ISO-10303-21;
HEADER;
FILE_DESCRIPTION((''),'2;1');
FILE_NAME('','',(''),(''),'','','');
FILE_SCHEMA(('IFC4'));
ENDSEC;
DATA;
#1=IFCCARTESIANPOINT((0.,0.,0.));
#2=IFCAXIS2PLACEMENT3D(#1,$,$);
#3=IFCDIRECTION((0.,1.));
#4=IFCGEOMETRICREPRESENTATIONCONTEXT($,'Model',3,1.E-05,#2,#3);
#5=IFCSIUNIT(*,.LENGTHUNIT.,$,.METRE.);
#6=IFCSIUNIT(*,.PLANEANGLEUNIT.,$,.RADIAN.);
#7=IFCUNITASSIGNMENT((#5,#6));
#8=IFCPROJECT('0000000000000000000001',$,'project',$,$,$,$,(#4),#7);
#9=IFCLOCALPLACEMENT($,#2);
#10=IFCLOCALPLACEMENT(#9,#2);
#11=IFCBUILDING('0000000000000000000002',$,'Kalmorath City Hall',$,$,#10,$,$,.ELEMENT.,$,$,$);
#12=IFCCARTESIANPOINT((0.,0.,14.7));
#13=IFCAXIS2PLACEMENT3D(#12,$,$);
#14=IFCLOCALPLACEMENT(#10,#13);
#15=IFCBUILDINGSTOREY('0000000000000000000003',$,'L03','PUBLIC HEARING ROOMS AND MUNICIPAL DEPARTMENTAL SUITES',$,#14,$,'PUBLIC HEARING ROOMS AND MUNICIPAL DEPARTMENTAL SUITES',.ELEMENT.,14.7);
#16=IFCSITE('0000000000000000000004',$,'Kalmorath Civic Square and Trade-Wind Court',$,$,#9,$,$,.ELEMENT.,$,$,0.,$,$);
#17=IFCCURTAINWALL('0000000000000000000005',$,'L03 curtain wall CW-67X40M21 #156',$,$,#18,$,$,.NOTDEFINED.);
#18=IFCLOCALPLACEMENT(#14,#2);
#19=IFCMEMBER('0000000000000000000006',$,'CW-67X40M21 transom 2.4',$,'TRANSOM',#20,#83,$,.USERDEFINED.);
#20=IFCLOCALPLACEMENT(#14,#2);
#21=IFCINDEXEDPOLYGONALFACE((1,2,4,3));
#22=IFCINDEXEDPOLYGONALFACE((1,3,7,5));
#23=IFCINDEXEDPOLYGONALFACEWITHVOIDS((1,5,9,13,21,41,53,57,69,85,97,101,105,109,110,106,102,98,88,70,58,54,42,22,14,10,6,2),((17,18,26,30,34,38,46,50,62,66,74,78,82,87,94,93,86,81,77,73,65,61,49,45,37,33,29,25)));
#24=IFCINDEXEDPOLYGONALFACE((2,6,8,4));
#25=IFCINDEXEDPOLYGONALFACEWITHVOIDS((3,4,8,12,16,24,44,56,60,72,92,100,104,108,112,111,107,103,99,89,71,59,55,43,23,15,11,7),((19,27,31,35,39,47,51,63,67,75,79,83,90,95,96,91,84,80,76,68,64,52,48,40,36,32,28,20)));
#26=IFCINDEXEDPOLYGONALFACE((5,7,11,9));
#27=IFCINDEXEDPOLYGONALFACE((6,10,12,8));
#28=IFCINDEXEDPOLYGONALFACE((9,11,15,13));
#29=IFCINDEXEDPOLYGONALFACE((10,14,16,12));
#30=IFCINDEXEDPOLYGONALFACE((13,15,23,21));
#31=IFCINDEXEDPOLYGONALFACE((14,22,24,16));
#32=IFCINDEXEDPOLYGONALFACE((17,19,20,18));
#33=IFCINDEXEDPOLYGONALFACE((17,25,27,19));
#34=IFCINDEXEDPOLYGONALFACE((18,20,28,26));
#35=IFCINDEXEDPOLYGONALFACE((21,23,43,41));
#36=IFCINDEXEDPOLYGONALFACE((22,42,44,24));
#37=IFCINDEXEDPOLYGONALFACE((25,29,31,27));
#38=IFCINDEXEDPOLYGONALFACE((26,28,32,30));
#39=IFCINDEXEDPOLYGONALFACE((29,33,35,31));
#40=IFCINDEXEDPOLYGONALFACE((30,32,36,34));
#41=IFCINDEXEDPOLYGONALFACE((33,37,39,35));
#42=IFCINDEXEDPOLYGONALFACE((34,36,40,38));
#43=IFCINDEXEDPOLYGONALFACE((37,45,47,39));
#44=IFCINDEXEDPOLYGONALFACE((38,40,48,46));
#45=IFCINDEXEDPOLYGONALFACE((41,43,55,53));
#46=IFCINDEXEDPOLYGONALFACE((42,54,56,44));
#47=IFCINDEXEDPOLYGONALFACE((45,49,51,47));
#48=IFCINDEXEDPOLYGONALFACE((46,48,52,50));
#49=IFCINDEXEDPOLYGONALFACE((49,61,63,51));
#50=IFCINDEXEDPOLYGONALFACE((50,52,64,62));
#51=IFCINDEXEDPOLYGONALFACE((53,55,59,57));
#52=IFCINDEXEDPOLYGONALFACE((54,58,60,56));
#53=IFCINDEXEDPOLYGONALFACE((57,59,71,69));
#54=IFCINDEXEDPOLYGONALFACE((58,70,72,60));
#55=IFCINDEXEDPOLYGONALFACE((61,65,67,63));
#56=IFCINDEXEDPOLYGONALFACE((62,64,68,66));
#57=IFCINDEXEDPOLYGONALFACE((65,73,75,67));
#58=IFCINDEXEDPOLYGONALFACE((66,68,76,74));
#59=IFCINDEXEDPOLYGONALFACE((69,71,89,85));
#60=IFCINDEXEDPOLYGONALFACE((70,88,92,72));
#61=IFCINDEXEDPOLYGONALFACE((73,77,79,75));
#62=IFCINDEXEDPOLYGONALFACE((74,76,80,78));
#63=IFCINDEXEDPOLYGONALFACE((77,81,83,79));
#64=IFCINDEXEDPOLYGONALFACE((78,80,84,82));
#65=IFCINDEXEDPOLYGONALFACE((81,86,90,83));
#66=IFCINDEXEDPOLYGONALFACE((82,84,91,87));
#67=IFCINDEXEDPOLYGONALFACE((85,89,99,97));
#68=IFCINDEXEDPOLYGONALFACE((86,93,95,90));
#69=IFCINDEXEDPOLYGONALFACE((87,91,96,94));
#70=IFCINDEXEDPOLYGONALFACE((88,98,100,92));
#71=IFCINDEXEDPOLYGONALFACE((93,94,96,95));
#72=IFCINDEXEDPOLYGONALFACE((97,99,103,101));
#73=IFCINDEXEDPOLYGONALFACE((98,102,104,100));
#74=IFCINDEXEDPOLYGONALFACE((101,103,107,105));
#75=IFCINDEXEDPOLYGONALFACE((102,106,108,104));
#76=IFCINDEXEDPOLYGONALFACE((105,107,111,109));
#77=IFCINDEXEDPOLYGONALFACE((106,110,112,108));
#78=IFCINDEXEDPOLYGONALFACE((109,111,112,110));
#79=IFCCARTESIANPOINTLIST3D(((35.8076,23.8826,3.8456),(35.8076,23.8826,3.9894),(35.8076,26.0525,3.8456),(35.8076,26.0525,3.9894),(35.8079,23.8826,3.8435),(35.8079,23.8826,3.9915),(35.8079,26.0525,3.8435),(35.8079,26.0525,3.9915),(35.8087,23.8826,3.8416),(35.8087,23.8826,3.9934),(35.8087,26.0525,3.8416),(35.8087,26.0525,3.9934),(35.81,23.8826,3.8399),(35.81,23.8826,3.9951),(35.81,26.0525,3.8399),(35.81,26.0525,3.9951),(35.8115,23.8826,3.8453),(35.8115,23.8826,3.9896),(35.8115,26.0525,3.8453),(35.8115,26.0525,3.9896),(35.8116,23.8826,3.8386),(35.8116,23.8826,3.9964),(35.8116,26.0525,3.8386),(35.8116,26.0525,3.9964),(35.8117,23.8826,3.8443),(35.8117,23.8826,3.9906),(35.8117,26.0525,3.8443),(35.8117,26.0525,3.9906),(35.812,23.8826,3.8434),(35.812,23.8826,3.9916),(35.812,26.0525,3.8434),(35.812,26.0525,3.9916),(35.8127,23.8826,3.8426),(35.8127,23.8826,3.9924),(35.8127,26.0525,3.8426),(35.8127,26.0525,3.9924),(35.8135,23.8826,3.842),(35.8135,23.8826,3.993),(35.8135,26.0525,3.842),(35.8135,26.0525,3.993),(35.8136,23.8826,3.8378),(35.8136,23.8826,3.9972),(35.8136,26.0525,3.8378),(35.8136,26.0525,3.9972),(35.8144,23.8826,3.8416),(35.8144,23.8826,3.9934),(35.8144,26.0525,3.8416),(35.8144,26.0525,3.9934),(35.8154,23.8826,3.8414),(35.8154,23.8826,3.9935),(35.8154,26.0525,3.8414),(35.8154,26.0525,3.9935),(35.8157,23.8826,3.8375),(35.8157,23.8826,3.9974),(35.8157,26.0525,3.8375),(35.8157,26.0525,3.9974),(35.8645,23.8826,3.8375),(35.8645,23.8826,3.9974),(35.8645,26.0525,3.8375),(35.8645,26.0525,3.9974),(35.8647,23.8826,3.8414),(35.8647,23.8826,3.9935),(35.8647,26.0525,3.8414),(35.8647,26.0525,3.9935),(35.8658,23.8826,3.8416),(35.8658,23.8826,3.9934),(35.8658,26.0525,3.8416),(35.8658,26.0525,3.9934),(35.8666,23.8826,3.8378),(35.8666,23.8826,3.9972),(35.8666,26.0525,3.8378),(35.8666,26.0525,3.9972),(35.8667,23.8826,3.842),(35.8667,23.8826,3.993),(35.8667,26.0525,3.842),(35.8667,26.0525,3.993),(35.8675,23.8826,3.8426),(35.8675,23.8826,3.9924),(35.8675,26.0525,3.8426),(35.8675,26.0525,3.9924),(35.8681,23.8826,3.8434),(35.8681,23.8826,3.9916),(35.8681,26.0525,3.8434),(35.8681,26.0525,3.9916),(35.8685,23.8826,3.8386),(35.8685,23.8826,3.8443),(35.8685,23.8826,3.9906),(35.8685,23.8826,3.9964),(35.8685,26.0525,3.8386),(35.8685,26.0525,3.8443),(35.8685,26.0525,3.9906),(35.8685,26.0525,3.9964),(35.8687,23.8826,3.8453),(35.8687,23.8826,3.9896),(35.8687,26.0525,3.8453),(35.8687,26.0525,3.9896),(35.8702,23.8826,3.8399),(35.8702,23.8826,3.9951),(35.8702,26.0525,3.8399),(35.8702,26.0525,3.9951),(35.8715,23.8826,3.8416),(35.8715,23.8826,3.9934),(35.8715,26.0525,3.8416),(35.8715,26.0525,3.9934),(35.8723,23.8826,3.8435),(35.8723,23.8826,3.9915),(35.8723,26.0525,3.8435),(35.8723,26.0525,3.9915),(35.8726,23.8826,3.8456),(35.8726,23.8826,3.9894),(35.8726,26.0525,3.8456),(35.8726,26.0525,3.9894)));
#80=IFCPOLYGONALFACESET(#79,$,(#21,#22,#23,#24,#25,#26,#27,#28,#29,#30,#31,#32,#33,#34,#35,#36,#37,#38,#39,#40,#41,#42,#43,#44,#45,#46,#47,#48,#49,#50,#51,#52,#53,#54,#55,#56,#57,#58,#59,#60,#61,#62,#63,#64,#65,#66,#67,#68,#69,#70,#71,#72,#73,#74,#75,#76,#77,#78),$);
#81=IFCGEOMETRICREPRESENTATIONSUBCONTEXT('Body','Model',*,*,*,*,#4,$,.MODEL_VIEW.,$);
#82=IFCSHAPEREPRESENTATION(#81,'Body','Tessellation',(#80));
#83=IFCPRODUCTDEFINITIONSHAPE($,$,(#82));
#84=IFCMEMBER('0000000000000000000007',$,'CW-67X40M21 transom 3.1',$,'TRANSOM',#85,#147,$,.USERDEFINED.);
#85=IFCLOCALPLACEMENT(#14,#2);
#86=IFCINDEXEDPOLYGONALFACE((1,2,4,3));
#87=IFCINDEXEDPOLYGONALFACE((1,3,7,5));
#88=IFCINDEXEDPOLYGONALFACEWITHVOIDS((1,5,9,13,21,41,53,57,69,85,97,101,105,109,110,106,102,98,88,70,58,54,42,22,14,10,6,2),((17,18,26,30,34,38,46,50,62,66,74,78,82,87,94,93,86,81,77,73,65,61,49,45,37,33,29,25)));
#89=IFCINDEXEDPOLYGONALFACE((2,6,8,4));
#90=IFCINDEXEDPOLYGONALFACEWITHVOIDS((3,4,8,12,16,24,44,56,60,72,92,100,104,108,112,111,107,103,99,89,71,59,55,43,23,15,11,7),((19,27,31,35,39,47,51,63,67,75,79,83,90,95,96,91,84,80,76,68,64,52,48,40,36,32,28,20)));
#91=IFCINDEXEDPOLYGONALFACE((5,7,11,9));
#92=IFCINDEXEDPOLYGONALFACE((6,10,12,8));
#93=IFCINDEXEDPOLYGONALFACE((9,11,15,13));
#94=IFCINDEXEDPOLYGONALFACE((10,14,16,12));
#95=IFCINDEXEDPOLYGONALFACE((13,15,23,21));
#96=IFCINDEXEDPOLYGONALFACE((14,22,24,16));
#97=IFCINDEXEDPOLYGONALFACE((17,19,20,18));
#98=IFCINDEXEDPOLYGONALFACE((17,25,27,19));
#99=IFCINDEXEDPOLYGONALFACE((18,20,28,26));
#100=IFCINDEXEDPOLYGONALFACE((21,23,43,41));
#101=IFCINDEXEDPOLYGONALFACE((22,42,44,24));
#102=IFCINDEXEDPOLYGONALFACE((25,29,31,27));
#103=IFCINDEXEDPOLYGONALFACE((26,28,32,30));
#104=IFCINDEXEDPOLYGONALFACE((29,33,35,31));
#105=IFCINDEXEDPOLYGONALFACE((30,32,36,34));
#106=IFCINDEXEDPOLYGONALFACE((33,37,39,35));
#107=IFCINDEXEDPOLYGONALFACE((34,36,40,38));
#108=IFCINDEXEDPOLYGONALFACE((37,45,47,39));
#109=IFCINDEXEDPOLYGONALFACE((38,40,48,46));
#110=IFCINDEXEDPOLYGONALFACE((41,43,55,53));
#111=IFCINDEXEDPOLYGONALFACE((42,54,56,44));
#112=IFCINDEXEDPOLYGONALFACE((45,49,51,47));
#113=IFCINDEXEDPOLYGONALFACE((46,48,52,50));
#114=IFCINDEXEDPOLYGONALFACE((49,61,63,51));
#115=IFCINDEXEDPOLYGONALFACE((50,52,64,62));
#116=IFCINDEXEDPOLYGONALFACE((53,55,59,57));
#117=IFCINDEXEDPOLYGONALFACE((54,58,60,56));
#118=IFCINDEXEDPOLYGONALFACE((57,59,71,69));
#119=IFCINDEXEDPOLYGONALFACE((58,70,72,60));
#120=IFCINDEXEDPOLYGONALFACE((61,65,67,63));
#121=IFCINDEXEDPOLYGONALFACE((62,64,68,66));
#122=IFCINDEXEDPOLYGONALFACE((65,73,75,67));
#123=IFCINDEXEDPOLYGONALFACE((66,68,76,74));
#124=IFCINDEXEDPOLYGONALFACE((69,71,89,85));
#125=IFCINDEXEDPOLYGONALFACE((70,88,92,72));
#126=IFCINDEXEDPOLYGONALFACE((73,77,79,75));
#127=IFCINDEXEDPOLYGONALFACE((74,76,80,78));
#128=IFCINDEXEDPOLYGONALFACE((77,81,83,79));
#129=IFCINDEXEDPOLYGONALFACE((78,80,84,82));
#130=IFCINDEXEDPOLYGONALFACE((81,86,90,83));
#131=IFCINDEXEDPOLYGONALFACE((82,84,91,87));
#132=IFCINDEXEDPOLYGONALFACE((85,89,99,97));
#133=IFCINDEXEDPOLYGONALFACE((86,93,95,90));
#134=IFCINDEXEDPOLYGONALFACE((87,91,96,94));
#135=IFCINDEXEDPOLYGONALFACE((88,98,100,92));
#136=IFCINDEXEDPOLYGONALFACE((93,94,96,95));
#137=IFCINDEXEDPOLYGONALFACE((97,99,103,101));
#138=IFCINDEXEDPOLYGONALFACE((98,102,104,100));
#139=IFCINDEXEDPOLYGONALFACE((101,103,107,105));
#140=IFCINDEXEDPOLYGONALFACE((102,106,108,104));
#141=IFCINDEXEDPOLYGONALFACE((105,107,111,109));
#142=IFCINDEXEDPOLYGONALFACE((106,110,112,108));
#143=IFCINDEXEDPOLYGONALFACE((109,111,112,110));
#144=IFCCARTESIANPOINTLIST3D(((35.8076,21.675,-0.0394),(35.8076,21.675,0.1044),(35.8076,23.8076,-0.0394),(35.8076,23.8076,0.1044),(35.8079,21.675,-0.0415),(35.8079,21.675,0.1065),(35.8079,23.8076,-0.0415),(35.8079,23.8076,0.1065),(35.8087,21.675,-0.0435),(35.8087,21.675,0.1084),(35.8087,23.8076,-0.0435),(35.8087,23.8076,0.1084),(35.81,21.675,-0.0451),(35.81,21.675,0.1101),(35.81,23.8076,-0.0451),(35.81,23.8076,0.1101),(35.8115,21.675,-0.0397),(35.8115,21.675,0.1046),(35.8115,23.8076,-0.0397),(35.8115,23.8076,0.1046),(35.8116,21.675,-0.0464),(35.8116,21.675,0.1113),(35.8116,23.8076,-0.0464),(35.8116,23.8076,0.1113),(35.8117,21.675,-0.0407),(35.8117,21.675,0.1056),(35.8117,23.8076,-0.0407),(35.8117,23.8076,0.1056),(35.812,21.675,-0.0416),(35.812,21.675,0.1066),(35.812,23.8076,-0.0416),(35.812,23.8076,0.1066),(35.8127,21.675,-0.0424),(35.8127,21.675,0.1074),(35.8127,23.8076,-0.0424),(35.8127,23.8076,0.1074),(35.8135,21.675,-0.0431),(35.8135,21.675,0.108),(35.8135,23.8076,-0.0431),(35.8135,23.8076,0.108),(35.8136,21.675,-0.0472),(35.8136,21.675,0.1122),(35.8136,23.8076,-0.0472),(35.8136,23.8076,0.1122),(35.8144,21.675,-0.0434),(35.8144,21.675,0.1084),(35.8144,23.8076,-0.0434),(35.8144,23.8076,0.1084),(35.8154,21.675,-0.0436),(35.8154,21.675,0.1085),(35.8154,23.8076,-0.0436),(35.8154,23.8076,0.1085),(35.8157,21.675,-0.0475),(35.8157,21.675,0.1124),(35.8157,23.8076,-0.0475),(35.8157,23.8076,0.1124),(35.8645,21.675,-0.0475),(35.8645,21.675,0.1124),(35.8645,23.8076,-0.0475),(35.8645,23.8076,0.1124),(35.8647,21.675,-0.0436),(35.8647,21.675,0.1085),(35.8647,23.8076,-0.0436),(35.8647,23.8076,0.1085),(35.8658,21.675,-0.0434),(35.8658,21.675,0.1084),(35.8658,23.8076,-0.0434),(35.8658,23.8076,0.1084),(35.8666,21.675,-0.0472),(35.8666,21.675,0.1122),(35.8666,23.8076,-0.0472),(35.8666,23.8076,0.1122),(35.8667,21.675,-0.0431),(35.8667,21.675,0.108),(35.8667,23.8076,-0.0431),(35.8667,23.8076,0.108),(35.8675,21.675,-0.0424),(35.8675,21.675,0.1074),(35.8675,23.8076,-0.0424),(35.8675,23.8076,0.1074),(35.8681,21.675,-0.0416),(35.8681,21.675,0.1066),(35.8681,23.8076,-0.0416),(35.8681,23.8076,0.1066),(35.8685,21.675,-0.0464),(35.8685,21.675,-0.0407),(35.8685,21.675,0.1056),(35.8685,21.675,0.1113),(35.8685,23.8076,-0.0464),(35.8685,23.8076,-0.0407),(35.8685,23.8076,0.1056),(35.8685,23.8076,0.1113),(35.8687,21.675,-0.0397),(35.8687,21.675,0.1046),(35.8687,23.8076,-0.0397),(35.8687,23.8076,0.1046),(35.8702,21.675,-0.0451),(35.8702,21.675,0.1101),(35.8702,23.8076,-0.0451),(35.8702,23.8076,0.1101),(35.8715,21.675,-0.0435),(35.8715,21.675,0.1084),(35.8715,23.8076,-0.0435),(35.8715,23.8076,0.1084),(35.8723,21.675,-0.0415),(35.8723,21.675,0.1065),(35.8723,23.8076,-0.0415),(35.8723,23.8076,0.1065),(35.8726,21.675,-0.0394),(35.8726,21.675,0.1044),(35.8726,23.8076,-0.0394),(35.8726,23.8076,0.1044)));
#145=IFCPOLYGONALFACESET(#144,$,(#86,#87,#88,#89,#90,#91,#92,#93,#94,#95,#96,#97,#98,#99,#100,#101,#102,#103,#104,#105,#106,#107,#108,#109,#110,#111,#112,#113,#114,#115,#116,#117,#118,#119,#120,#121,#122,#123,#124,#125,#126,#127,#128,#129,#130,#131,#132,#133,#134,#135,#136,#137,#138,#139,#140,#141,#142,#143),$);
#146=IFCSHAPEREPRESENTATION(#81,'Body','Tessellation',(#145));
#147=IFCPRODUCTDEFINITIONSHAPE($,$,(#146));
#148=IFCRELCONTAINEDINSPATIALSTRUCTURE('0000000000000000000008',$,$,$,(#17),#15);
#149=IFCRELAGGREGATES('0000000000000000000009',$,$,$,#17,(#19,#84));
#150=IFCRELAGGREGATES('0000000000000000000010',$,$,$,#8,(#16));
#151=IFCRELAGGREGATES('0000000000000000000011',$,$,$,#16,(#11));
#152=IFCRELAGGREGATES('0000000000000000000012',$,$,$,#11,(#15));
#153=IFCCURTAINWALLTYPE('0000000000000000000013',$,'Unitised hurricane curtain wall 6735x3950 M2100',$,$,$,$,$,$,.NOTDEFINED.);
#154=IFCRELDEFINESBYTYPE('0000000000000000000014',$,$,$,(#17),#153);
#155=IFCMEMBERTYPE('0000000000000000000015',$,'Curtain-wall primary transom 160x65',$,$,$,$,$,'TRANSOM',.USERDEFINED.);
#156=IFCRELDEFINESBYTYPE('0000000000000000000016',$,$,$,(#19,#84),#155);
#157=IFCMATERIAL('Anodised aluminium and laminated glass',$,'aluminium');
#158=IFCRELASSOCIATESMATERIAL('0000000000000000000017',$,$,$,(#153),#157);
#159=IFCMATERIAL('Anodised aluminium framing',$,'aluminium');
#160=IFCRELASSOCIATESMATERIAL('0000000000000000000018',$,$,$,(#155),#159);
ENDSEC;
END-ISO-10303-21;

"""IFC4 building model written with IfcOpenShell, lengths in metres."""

from ifc_helpers import new_model, si_unit, direction, frame, origin, origin_2d, place, context, subcontext, project, spatial, hollow_rectangle, extrude, material, material_profile, profile_set, type_object, element, aggregate, save


model = new_model("IFC4")

# Units and contexts
model_context = context("Model", 3, precision=1e-05, world=origin(), true_north=direction((0.0, 1.0)))
body_context = subcontext(model_context, "Body", "Model", "MODEL_VIEW")
ifc_project = project(units=[si_unit("LENGTHUNIT", "METRE"), si_unit("PLANEANGLEUNIT", "RADIAN")], contexts=[model_context])

# Site, building, storey
site_placement = place(None, origin())
site = spatial("IfcSite", under=ifc_project, at=site_placement, Name="Kalmorath Civic Square and Trade-Wind Court", CompositionType="ELEMENT", RefElevation=0.0)
building_placement = place(site_placement, origin())
building = spatial("IfcBuilding", under=site, at=building_placement, Name="Kalmorath City Hall", CompositionType="ELEMENT")
storey_placement = place(building_placement, frame((0.0, 0.0, 14.7)))
storey = spatial("IfcBuildingStorey", under=building, at=storey_placement, Name="L03", Description="PUBLIC HEARING ROOMS AND MUNICIPAL DEPARTMENTAL SUITES", LongName="PUBLIC HEARING ROOMS AND MUNICIPAL DEPARTMENTAL SUITES", CompositionType="ELEMENT", Elevation=14.7)

# Curtain wall, members
ifc_material_1 = material(Name="Anodised aluminium and laminated glass", Category="aluminium")
curtain_wall_type = type_object("IfcCurtainWallType", Name="Unitised hurricane curtain wall 6735x3950 M2100", PredefinedType="NOTDEFINED", material=ifc_material_1)
curtain_wall_placement = place(storey_placement, origin())
curtain_wall = element("IfcCurtainWall", 1, at=curtain_wall_placement, inside=storey, type_object=curtain_wall_type, Name="L03 curtain wall CW-67X40M21 #156", PredefinedType="NOTDEFINED")
ifc_material_2 = material(Name="Anodised aluminium framing", Category="aluminium")
ifc_material_profile_1 = material_profile(ifc_material_2, hollow_rectangle(XDim=0.0649, YDim=0.1599, WallThickness=0.0039, InnerFilletRadius=0.0039, OuterFilletRadius=0.0081, at=origin_2d()), Name="ALU-TRN-160X65X4")
ifc_profile_set_1 = profile_set([ifc_material_profile_1], Name="Anodised aluminium framing")
member_type = type_object("IfcMemberType", Name="Curtain-wall primary transom 160x65", ElementType="TRANSOM", PredefinedType="USERDEFINED", material=ifc_profile_set_1)
member_1_placement = place(storey_placement, frame((35.8401, 26.0525, 3.9175), z_axis=(0.0, -1.0, 0.0), x_axis=(1.0, 0.0, 0.0)))
member_1 = element("IfcMember", 2, at=member_1_placement, type_object=member_type, Name="CW-67X40M21 transom 2.4", ObjectType="TRANSOM", PredefinedType="USERDEFINED", context=body_context, shape_type="SweptSolid", body=[
    extrude(hollow_rectangle(XDim=0.0649, YDim=0.1599, WallThickness=0.0039, InnerFilletRadius=0.0039, OuterFilletRadius=0.0081, at=origin_2d()), origin(), (0.0, 0.0, 1.0), 2.1699),
])
member_2_placement = place(storey_placement, frame((35.8401, 23.8076, 0.0325), z_axis=(0.0, -1.0, 0.0), x_axis=(1.0, 0.0, 0.0)))
member_2 = element("IfcMember", 3, at=member_2_placement, type_object=member_type, Name="CW-67X40M21 transom 3.1", ObjectType="TRANSOM", PredefinedType="USERDEFINED", context=body_context, shape_type="SweptSolid", body=[
    extrude(hollow_rectangle(XDim=0.0649, YDim=0.1599, WallThickness=0.0039, InnerFilletRadius=0.0039, OuterFilletRadius=0.0081, at=origin_2d()), origin(), (0.0, 0.0, 1.0), 2.1326),
])

aggregate(curtain_wall, [member_1, member_2])

save(model, "model.ifc")
